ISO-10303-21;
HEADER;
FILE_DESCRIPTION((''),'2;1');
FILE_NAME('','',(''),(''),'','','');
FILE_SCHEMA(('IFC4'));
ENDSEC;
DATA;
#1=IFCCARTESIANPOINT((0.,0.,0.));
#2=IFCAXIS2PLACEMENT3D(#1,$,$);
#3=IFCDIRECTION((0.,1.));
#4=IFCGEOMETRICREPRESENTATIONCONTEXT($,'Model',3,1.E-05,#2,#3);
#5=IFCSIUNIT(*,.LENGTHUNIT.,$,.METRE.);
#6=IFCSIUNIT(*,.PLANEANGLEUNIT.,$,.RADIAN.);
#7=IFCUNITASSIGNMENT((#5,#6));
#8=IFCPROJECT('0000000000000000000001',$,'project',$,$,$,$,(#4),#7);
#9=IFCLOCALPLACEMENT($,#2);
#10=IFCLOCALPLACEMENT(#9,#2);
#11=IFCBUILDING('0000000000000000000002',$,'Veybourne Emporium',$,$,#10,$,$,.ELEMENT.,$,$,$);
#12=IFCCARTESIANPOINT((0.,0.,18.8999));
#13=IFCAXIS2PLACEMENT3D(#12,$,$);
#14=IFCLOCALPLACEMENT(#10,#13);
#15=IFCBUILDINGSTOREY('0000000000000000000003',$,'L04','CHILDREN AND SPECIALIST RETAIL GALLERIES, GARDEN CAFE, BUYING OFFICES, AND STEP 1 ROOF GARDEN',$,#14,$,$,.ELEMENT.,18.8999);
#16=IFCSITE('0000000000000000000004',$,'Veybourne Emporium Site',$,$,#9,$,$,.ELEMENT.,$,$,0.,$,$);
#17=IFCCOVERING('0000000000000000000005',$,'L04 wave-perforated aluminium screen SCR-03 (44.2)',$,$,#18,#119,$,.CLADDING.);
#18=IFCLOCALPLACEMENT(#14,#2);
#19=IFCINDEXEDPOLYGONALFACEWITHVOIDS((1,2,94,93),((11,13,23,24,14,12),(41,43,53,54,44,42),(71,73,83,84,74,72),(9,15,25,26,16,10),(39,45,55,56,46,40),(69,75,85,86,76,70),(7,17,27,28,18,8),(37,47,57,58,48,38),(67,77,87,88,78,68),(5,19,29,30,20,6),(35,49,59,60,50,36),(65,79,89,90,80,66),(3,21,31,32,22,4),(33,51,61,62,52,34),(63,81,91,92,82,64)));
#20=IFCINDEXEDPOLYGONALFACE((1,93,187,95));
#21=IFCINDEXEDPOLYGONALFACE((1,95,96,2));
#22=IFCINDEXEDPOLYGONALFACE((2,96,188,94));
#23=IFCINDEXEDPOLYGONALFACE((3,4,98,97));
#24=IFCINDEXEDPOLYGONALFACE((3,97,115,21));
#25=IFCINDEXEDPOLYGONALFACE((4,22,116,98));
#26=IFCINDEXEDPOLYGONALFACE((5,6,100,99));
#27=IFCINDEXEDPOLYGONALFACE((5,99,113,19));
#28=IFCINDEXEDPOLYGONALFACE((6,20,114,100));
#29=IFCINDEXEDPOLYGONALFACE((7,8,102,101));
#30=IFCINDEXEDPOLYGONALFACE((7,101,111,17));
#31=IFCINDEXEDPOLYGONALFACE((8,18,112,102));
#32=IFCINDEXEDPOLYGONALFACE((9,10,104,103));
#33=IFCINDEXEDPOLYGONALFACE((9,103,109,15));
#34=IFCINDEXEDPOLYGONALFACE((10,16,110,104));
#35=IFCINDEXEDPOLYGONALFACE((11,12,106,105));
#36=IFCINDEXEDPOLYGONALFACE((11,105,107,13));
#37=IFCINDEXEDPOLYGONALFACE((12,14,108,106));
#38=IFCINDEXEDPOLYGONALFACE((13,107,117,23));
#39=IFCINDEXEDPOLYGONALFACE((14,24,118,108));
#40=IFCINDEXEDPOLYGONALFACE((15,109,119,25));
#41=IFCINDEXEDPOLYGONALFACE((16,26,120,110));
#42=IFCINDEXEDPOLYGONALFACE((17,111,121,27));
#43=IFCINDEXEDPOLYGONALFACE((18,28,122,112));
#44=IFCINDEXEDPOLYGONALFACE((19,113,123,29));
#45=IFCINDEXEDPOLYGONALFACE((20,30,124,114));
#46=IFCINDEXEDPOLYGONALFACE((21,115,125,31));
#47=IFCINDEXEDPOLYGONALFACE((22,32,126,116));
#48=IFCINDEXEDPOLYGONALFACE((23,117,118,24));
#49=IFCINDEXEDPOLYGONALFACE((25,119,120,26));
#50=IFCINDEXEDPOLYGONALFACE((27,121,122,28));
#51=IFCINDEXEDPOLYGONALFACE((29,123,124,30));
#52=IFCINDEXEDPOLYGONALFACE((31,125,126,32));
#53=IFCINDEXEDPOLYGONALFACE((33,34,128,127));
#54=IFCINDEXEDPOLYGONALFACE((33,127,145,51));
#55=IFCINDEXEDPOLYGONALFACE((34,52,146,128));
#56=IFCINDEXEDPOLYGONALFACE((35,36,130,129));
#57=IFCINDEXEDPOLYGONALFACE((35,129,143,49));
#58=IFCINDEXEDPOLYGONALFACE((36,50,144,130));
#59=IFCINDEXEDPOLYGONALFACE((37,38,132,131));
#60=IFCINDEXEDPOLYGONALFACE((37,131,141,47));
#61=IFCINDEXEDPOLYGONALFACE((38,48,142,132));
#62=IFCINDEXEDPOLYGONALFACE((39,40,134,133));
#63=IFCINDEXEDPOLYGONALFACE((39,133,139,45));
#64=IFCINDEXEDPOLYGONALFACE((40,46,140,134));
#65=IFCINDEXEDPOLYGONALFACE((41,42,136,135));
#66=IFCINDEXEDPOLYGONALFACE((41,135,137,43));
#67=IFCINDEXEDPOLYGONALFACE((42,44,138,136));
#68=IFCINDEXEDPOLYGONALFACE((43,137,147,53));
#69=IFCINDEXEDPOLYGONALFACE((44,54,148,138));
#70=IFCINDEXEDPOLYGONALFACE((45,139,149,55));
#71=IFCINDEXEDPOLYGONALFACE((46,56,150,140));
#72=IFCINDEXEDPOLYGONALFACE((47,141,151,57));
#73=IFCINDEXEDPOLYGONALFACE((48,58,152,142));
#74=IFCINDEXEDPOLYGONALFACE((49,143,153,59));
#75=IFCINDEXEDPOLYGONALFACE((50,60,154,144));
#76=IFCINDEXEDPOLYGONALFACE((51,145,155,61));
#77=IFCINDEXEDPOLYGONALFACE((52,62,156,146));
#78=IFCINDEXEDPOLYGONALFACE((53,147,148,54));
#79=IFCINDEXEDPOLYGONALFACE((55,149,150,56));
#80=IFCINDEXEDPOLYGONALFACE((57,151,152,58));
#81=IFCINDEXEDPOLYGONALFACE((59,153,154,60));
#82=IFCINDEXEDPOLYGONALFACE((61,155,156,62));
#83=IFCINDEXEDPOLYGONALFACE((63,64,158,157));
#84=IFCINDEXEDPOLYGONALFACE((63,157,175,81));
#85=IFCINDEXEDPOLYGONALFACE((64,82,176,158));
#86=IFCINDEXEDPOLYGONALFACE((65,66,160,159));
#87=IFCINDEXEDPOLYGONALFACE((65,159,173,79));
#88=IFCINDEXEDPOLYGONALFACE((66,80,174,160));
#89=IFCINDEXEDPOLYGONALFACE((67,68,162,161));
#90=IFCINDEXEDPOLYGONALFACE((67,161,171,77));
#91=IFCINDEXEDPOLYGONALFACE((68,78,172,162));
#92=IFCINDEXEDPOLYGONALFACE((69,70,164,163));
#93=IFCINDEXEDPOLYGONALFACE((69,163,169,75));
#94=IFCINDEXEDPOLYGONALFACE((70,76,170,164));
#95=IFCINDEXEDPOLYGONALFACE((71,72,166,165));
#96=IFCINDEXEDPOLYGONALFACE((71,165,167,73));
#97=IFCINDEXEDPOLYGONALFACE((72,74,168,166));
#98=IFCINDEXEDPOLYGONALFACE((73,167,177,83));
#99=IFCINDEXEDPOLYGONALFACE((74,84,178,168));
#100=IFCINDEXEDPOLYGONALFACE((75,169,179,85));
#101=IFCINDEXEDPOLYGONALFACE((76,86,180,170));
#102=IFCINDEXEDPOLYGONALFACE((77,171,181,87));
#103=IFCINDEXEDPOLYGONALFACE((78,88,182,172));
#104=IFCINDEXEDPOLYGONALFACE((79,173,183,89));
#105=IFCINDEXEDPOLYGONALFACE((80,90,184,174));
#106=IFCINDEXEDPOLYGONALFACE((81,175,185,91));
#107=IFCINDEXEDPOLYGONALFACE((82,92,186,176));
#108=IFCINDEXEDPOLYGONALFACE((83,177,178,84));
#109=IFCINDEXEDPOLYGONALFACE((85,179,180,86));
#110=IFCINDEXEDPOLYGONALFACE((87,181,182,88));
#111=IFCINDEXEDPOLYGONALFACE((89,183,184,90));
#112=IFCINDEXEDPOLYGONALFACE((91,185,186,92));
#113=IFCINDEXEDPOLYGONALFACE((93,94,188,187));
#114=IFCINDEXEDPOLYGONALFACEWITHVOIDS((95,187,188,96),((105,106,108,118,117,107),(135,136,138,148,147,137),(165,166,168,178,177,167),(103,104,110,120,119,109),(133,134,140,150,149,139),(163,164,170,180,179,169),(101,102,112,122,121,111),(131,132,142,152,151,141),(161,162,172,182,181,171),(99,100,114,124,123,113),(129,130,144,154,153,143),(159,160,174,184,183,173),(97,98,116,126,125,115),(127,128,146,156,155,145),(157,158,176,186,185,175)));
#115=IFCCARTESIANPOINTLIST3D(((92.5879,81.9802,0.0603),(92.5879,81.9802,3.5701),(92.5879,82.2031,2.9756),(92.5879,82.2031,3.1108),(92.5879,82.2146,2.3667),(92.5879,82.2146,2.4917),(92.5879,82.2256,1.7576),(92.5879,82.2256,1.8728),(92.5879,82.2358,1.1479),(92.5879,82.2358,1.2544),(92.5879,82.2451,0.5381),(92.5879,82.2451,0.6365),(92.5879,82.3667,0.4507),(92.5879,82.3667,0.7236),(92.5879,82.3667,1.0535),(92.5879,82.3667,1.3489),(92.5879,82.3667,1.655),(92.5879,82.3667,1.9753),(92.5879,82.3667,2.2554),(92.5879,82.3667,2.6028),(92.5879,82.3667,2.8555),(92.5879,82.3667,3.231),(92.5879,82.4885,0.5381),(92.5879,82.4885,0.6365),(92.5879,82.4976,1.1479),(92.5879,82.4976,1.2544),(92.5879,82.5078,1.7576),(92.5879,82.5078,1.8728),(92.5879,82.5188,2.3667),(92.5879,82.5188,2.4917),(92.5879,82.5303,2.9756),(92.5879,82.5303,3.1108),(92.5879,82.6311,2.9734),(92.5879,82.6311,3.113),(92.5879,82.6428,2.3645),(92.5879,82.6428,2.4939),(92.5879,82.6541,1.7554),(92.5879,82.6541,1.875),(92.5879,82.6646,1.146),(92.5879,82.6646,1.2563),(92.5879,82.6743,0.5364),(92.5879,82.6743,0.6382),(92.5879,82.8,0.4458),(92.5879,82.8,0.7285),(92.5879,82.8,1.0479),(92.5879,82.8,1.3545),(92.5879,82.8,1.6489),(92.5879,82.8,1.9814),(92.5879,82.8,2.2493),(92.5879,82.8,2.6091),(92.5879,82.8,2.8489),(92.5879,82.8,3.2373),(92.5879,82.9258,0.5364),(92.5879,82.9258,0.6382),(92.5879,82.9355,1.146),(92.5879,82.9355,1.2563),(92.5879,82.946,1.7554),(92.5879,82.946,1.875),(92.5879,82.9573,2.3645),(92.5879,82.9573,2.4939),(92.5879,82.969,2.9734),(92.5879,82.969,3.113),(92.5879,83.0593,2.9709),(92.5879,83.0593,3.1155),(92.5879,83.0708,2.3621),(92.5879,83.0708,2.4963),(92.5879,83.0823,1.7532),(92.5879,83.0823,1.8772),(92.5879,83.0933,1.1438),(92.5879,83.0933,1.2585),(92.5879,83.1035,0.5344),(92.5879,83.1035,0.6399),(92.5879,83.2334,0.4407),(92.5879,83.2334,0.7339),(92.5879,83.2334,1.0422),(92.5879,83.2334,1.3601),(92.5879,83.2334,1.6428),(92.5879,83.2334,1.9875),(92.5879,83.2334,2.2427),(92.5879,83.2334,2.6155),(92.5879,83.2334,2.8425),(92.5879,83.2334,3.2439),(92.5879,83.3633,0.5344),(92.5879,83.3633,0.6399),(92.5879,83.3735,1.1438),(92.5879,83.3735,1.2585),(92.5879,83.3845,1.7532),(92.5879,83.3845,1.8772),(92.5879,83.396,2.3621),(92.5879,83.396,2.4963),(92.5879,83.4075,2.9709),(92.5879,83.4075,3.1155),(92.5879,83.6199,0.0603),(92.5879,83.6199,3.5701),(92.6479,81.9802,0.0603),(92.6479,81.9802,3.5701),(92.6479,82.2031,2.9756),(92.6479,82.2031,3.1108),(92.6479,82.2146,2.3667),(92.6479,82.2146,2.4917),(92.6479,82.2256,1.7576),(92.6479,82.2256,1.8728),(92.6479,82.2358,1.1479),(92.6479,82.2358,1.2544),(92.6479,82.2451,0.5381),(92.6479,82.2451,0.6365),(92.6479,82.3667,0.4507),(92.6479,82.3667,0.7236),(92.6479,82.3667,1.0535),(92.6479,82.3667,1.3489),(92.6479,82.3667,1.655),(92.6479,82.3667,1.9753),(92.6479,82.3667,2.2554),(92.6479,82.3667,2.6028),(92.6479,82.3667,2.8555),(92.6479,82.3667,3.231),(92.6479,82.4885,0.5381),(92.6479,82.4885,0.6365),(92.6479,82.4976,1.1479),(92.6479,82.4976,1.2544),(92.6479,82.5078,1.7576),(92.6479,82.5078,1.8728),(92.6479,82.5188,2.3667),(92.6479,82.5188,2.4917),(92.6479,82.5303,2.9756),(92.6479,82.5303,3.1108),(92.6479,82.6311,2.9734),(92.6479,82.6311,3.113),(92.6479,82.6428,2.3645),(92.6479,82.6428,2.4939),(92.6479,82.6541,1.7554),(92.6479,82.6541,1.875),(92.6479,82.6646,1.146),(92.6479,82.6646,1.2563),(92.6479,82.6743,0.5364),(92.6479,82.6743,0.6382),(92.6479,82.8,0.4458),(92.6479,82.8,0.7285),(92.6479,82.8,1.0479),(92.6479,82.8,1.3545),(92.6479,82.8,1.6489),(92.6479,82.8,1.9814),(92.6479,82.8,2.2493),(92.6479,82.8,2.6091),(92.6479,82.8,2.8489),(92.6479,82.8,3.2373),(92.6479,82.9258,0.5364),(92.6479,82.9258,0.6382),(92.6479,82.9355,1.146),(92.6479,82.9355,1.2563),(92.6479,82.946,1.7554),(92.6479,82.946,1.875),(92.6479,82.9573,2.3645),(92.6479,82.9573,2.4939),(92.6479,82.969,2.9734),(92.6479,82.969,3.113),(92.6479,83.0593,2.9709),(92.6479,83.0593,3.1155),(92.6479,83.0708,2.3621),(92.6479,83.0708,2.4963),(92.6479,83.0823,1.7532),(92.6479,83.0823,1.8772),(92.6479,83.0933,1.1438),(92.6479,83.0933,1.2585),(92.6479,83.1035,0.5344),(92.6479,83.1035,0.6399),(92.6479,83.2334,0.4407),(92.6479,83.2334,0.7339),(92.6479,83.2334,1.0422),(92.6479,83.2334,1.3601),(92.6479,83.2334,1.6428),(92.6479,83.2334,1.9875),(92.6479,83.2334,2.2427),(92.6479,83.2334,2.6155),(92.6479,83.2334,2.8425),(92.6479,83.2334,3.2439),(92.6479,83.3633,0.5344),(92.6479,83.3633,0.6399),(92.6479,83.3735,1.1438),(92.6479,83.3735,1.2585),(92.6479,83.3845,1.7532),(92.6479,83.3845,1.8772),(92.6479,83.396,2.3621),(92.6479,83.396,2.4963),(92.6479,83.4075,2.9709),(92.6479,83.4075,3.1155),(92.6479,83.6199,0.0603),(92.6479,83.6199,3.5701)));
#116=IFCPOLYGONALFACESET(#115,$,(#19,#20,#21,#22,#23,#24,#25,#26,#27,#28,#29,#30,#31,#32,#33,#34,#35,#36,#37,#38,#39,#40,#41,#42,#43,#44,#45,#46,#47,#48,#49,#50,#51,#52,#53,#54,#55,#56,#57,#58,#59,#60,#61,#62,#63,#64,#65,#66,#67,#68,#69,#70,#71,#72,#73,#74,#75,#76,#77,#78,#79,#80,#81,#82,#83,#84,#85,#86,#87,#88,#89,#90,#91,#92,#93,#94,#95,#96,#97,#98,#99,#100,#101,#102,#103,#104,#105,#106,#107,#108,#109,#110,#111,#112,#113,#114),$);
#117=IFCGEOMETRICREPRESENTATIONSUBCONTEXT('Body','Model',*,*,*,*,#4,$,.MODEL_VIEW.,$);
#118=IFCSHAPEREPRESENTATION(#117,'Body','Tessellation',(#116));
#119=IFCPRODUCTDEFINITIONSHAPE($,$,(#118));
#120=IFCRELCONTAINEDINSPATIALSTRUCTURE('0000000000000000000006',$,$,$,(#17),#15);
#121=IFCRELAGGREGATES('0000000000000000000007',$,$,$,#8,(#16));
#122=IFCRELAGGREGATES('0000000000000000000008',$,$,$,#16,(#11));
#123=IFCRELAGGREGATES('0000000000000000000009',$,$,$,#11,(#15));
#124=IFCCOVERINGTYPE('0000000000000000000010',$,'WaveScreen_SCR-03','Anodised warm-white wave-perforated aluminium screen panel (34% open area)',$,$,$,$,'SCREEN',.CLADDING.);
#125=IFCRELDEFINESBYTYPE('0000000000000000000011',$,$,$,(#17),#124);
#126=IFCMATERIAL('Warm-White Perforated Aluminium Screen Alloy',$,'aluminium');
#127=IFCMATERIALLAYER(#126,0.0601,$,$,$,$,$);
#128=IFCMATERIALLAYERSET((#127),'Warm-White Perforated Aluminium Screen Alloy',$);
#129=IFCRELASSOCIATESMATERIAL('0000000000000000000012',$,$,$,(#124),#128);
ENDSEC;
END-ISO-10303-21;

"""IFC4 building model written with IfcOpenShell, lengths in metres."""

from ifc_helpers import new_model, si_unit, direction, frame, origin, place, context, subcontext, project, spatial, polyline, outline, extrude, material, layer, layer_set, type_object, element, save


model = new_model("IFC4")

# Units and contexts
model_context = context("Model", 3, precision=1e-05, world=origin(), true_north=direction((0.0, 1.0)))
body_context = subcontext(model_context, "Body", "Model", "MODEL_VIEW")
ifc_project = project(units=[si_unit("LENGTHUNIT", "METRE"), si_unit("PLANEANGLEUNIT", "RADIAN")], contexts=[model_context])

# Site, building, storey
site_placement = place(None, origin())
site = spatial("IfcSite", under=ifc_project, at=site_placement, Name="Veybourne Emporium Site", CompositionType="ELEMENT", RefElevation=0.0)
building_placement = place(site_placement, origin())
building = spatial("IfcBuilding", under=site, at=building_placement, Name="Veybourne Emporium", CompositionType="ELEMENT")
storey_placement = place(building_placement, frame((0.0, 0.0, 18.8999)))
storey = spatial("IfcBuildingStorey", under=building, at=storey_placement, Name="L04", Description="CHILDREN AND SPECIALIST RETAIL GALLERIES, GARDEN CAFE, BUYING OFFICES, AND STEP 1 ROOF GARDEN", CompositionType="ELEMENT", Elevation=18.8999)

# Covering
ifc_material_1 = material(Name="Warm-White Perforated Aluminium Screen Alloy", Category="aluminium")
ifc_layer_1 = layer(ifc_material_1, 0.0601)
ifc_layer_set_1 = layer_set([ifc_layer_1], Name="Warm-White Perforated Aluminium Screen Alloy")
covering_type_1 = type_object("IfcCoveringType", Name="WaveScreen_SCR-03", Description="Anodised warm-white wave-perforated aluminium screen panel (34% open area)", ElementType="SCREEN", PredefinedType="CLADDING", material=ifc_layer_set_1)
covering_1_placement = place(storey_placement, frame((92.6479, 82.8, 1.8152), z_axis=(-1.0, 0.0, 0.0), x_axis=(0.0, -1.0, 0.0)))
element("IfcCovering", 1, at=covering_1_placement, inside=storey, type_object=covering_type_1, Name="L04 wave-perforated aluminium screen SCR-03 (44.2)", PredefinedType="CLADDING", context=body_context, shape_type="SweptSolid", body=[
    extrude(outline(polyline([(-0.8198, -1.7549), (0.8198, -1.7549), (0.8198, 1.7549), (-0.8198, 1.7549), (-0.8198, -1.7549)]), holes=[polyline([(-0.4333, -1.0813), (-0.3035, -1.1753), (-0.3035, -1.2808), (-0.4333, -1.3745), (-0.5632, -1.2808), (-0.5632, -1.1753), (-0.4333, -1.0813)]), polyline([(-0.4333, -0.4551), (-0.2932, -0.5566), (-0.2932, -0.6714), (-0.4333, -0.7729), (-0.5735, -0.6714), (-0.5735, -0.5566), (-0.4333, -0.4551)]), polyline([(-0.4333, 0.1724), (-0.2822, 0.062), (-0.2822, -0.062), (-0.4333, -0.1724), (-0.5845, -0.062), (-0.5845, 0.062), (-0.4333, 0.1724)]), polyline([(-0.4333, 0.8003), (-0.2708, 0.6812), (-0.2708, 0.5469), (-0.4333, 0.4275), (-0.5959, 0.5469), (-0.5959, 0.6812), (-0.4333, 0.8003)]), polyline([(-0.4333, 1.4287), (-0.2593, 1.3003), (-0.2593, 1.1558), (-0.4333, 1.0273), (-0.6074, 1.1558), (-0.6074, 1.3003), (-0.4333, 1.4287)]), polyline([(0.0, -1.0867), (0.1257, -1.177), (0.1257, -1.2788), (0.0, -1.3694), (-0.1257, -1.2788), (-0.1257, -1.177), (0.0, -1.0867)]), polyline([(0.0, -0.4607), (0.1355, -0.5588), (0.1355, -0.6692), (0.0, -0.7673), (-0.1355, -0.6692), (-0.1355, -0.5588), (0.0, -0.4607)]), polyline([(0.0, 0.1663), (0.146, 0.0598), (0.146, -0.0598), (0.0, -0.1663), (-0.146, -0.0598), (-0.146, 0.0598), (0.0, 0.1663)]), polyline([(0.0, 0.7939), (0.1572, 0.6787), (0.1572, 0.5493), (0.0, 0.4341), (-0.1572, 0.5493), (-0.1572, 0.6787), (0.0, 0.7939)]), polyline([(0.0, 1.4221), (0.1689, 1.2979), (0.1689, 1.1582), (0.0, 1.0337), (-0.1689, 1.1582), (-0.1689, 1.2979), (0.0, 1.4221)]), polyline([(0.4333, -1.0916), (0.5549, -1.1787), (0.5549, -1.2771), (0.4333, -1.3645), (0.3115, -1.2771), (0.3115, -1.1787), (0.4333, -1.0916)]), polyline([(0.4333, -0.4663), (0.5642, -0.5608), (0.5642, -0.6672), (0.4333, -0.7617), (0.3025, -0.6672), (0.3025, -0.5608), (0.4333, -0.4663)]), polyline([(0.4333, 0.1602), (0.5745, 0.0576), (0.5745, -0.0576), (0.4333, -0.1602), (0.2922, -0.0576), (0.2922, 0.0576), (0.4333, 0.1602)]), polyline([(0.4333, 0.7876), (0.5854, 0.6765), (0.5854, 0.5515), (0.4333, 0.4402), (0.2812, 0.5515), (0.2812, 0.6765), (0.4333, 0.7876)]), polyline([(0.4333, 1.4158), (0.5969, 1.2957), (0.5969, 1.1604), (0.4333, 1.0403), (0.2698, 1.1604), (0.2698, 1.2957), (0.4333, 1.4158)])]), origin(), (0.0, 0.0, 1.0), 0.0601),
])

save(model, "model.ifc")
